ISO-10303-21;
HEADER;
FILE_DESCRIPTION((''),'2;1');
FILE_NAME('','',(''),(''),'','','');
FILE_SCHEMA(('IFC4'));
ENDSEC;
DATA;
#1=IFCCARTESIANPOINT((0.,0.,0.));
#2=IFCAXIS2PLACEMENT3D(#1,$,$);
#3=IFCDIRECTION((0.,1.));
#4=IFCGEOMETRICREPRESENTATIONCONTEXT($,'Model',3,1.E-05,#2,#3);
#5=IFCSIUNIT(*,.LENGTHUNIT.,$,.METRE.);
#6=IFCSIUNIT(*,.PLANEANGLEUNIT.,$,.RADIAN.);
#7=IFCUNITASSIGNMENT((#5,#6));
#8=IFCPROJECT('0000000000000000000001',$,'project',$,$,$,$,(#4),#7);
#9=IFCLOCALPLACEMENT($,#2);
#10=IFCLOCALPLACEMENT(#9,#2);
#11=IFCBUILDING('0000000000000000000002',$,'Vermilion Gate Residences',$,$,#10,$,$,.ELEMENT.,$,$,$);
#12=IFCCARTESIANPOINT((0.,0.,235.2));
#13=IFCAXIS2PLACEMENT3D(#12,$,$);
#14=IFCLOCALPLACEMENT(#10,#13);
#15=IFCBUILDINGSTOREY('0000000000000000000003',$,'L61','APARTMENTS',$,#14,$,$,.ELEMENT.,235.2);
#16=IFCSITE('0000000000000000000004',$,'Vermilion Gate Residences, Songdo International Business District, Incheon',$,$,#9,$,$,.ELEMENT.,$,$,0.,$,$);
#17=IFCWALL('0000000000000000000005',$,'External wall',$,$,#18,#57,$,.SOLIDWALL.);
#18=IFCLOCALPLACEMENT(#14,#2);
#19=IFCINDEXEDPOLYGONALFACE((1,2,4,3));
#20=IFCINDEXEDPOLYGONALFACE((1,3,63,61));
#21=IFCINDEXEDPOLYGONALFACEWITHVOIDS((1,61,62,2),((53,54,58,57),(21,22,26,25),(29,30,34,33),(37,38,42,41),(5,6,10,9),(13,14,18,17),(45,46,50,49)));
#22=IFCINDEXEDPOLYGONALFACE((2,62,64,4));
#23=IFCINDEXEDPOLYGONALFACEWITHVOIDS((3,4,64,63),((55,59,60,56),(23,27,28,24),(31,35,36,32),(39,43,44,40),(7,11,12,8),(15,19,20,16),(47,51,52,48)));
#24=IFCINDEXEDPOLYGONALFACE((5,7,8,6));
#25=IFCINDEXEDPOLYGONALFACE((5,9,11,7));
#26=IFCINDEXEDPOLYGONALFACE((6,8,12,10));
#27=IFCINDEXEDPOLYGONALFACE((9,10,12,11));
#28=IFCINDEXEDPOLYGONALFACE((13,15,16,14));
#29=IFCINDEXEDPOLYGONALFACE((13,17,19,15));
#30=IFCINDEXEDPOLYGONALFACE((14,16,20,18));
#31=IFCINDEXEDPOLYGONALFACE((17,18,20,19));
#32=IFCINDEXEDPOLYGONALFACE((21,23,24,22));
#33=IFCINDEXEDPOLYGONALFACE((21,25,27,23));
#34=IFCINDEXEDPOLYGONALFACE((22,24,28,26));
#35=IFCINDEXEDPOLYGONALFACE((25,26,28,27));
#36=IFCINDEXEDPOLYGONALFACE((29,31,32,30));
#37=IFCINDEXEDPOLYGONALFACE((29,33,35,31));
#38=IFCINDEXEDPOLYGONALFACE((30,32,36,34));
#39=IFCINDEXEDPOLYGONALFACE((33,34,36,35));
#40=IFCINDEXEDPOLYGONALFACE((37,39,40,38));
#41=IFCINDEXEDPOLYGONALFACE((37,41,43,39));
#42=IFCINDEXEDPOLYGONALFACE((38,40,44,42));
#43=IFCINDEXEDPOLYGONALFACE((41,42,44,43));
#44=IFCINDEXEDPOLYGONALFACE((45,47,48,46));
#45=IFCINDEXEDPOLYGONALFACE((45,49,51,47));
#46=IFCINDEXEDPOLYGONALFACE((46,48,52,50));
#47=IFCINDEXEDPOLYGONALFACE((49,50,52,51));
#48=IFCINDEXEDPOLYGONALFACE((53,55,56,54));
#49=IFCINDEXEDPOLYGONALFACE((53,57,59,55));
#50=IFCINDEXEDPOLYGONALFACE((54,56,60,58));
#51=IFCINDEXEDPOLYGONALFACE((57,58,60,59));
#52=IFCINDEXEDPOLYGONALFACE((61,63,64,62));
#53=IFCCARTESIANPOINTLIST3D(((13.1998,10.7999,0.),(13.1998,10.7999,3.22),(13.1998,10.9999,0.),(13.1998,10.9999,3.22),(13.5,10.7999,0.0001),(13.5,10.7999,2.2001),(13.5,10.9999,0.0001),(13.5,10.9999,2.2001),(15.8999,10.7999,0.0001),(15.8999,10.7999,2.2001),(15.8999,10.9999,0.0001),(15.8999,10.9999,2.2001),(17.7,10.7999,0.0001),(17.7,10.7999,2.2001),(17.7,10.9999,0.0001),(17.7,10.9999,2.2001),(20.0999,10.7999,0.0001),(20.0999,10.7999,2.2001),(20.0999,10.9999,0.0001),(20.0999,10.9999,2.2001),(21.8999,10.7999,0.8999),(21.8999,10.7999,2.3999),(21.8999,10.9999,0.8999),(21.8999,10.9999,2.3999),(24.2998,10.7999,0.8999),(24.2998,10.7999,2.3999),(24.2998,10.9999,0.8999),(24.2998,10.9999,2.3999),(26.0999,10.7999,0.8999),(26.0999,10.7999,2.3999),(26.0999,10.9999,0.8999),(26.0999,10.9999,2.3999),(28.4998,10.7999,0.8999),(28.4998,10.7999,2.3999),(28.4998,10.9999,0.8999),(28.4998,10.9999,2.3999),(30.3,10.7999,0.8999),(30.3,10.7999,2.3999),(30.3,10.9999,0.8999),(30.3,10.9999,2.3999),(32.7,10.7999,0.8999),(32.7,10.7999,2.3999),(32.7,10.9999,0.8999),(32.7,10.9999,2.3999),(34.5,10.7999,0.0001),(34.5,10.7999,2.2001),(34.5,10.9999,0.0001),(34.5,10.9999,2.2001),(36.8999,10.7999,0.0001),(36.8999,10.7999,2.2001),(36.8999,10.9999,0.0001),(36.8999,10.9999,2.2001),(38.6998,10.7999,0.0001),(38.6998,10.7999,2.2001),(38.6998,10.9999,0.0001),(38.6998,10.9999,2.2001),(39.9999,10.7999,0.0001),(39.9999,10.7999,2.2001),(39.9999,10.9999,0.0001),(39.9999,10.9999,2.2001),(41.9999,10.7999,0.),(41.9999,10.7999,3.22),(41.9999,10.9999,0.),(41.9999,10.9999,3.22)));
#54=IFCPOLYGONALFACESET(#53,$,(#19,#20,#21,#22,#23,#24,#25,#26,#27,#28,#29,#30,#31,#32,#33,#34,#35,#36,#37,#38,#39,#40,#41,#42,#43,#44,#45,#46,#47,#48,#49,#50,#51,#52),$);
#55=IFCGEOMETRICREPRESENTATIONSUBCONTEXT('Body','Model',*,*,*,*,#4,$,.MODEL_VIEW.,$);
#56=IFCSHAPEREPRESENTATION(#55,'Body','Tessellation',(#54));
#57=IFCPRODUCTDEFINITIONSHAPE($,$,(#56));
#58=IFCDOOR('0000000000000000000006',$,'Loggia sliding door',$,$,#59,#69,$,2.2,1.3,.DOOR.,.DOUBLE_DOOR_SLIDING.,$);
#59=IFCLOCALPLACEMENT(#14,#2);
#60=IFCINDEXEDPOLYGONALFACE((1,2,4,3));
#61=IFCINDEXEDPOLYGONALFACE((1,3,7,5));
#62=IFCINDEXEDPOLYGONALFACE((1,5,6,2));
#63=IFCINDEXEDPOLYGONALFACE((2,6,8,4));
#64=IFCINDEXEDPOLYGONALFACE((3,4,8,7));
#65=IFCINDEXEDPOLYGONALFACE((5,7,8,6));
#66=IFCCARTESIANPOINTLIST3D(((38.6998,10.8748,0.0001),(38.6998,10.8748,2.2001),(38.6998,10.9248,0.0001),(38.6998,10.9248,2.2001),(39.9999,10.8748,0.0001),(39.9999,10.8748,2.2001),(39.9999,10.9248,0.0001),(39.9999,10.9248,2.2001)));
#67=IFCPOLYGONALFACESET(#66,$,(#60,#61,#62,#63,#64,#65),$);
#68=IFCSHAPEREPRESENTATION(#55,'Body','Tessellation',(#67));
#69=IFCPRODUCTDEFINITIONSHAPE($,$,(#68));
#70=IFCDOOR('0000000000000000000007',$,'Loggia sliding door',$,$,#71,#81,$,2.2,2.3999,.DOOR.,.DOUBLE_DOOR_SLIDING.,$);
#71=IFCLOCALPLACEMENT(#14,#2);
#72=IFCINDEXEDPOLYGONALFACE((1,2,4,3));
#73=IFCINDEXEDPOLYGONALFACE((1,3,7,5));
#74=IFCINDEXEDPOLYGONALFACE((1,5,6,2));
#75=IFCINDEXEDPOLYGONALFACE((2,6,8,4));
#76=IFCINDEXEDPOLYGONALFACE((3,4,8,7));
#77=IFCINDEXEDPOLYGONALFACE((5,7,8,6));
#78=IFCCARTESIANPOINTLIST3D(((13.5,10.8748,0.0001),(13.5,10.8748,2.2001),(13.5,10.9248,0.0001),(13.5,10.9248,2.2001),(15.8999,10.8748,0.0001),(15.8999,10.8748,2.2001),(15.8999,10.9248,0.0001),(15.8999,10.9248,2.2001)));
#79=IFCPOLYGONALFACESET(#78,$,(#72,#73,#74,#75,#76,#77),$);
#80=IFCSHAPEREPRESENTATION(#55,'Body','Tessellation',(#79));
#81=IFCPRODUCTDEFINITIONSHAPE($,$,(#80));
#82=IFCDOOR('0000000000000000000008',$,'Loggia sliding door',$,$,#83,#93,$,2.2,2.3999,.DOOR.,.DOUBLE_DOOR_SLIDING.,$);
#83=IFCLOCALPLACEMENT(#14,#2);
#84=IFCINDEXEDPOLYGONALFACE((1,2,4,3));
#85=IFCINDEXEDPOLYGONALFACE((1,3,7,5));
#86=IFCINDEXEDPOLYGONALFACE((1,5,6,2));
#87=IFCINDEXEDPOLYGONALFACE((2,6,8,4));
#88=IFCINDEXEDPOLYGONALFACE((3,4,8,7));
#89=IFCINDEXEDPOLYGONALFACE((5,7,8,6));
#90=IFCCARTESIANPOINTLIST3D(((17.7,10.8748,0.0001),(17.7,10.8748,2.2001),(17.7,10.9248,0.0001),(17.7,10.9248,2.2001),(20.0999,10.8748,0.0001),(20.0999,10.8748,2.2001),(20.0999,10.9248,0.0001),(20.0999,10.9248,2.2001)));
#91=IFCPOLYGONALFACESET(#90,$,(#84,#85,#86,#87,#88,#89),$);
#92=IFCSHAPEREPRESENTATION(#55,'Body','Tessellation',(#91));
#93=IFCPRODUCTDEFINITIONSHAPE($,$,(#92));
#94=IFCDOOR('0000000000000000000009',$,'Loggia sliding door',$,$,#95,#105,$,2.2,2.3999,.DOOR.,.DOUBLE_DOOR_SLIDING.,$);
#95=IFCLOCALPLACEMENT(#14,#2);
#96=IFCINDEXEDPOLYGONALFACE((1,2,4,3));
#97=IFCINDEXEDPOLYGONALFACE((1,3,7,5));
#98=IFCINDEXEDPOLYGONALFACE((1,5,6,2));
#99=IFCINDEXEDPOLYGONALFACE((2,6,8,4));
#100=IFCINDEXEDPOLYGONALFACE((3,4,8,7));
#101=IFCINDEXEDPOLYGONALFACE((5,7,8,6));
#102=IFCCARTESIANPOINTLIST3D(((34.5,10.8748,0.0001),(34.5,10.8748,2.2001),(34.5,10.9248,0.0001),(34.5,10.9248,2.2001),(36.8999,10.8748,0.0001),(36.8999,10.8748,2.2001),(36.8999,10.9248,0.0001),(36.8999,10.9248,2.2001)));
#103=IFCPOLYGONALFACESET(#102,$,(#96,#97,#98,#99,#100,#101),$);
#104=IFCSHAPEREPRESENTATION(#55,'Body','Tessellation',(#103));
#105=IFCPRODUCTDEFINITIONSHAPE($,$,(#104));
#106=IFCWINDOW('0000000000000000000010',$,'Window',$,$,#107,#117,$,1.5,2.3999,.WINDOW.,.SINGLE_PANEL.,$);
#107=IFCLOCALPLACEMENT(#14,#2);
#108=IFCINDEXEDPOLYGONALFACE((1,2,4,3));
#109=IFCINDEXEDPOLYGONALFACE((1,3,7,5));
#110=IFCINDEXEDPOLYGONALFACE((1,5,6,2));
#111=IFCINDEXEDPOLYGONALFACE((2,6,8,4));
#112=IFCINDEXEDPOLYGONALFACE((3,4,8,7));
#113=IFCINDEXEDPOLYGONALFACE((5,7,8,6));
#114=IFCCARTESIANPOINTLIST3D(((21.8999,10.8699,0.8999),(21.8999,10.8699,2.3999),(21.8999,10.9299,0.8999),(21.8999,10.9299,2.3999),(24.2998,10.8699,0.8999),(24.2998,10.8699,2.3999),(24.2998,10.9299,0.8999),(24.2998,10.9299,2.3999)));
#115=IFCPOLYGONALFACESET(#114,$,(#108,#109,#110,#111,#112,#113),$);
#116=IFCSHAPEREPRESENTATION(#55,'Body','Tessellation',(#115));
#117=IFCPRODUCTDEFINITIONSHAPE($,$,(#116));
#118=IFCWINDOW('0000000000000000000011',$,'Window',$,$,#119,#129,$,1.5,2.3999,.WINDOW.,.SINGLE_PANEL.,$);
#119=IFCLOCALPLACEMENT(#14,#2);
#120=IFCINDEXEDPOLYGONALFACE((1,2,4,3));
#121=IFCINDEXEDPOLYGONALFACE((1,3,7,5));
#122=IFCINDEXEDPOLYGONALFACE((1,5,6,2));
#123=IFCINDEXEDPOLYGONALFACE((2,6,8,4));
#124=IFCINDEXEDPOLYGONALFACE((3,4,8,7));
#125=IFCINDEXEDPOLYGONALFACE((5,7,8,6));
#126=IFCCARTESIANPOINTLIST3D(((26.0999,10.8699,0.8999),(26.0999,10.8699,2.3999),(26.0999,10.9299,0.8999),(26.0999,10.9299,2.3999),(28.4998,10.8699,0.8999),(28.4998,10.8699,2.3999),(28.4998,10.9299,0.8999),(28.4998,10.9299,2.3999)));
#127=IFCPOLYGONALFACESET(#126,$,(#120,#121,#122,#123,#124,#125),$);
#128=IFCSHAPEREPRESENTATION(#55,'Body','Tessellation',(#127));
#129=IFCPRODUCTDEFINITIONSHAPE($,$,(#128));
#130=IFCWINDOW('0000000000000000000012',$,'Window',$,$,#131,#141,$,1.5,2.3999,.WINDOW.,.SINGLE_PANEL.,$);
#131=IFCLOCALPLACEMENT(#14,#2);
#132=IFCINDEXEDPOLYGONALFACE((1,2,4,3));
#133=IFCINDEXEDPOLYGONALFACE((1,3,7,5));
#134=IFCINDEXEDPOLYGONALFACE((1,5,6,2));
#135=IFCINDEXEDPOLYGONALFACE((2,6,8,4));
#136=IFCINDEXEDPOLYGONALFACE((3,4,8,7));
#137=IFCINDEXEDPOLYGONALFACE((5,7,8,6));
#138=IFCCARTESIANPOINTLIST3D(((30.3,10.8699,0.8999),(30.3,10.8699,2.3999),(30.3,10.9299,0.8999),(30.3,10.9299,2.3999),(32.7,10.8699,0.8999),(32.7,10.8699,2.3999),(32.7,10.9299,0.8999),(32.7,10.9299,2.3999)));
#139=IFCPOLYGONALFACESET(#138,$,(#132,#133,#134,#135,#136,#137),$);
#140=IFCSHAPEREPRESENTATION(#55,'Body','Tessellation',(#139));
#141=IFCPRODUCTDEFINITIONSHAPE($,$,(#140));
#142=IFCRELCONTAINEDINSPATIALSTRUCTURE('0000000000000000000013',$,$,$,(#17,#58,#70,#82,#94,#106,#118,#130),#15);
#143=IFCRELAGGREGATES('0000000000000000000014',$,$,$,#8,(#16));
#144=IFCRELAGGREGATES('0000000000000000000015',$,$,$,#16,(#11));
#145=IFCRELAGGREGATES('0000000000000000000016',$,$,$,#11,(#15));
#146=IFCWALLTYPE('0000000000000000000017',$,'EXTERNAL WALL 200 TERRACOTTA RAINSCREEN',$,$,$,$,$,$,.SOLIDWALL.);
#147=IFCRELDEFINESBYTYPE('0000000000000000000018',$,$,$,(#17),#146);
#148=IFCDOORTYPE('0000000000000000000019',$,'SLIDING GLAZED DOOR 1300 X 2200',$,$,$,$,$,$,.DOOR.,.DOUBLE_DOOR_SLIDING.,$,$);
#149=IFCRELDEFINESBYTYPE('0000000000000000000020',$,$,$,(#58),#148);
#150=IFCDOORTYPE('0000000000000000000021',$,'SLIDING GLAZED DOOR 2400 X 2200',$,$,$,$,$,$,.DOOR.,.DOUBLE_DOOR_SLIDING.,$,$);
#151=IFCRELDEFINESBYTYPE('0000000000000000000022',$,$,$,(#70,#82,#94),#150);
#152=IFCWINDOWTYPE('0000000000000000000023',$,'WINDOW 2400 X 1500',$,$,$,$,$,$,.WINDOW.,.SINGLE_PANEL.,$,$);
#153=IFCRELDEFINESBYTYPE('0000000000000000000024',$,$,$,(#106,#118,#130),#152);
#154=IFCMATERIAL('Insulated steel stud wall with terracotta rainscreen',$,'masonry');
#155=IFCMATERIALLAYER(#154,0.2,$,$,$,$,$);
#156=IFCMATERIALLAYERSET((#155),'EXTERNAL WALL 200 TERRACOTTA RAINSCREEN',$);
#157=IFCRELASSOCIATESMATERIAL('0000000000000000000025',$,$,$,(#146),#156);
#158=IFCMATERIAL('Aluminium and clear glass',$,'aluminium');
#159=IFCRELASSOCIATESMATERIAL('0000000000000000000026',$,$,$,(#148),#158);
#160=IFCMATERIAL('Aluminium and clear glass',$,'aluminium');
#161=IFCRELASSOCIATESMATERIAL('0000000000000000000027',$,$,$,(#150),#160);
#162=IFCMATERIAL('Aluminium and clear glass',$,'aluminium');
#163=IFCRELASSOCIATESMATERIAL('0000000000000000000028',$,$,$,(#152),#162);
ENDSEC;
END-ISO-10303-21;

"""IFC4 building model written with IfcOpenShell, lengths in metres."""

from ifc_helpers import new_model, si_unit, direction, frame, frame_2d, origin, place, context, subcontext, project, spatial, rectangle, extrude, material, layer, layer_set, type_object, element, fill, save


model = new_model("IFC4")

# Units and contexts
model_context = context("Model", 3, precision=1e-05, world=origin(), true_north=direction((0.0, 1.0)))
body_context = subcontext(model_context, "Body", "Model", "MODEL_VIEW")
ifc_project = project(units=[si_unit("LENGTHUNIT", "METRE"), si_unit("PLANEANGLEUNIT", "RADIAN")], contexts=[model_context])

# Site, building, storey
site_placement = place(None, origin())
site = spatial("IfcSite", under=ifc_project, at=site_placement, Name="Vermilion Gate Residences, Songdo International Business District, Incheon", CompositionType="ELEMENT", RefElevation=0.0)
building_placement = place(site_placement, origin())
building = spatial("IfcBuilding", under=site, at=building_placement, Name="Vermilion Gate Residences", CompositionType="ELEMENT")
storey_placement = place(building_placement, frame((0.0, 0.0, 235.2)))
storey = spatial("IfcBuildingStorey", under=building, at=storey_placement, Name="L61", Description="APARTMENTS", CompositionType="ELEMENT", Elevation=235.2)

# Shared definitions
ifc_material_1 = material(Name="Insulated steel stud wall with terracotta rainscreen", Category="masonry")
ifc_layer_1 = layer(ifc_material_1, 0.2)
ifc_layer_set_1 = layer_set([ifc_layer_1], Name="EXTERNAL WALL 200 TERRACOTTA RAINSCREEN")
wall_type_1 = type_object("IfcWallType", Name="EXTERNAL WALL 200 TERRACOTTA RAINSCREEN", PredefinedType="SOLIDWALL", material=ifc_layer_set_1)

# Wall, openings, doors, windows
wall_1_placement = place(storey_placement, frame((13.2, 10.8999, 0.0), z_axis=(0.0, 0.0, 1.0), x_axis=(1.0, 0.0, 0.0)))
wall_1 = element("IfcWall", 1, at=wall_1_placement, inside=storey, type_object=wall_type_1, Name="External wall", PredefinedType="SOLIDWALL", context=body_context, shape_type="SweptSolid", body=[
    extrude(rectangle(XDim=28.8, YDim=0.2, at=frame_2d((14.3999, 0.0))), origin(), (0.0, 0.0, 1.0), 3.22),
])
opening_1_placement = place(wall_1_placement, frame((0.3, 0.0, 0.0)))
opening_1 = element("IfcOpeningElement", 2, at=opening_1_placement, cuts=wall_1, PredefinedType="OPENING", context=body_context, shape_type="SweptSolid", body=[
    extrude(rectangle(XDim=2.3999, YDim=2.2, at=frame_2d((1.2, 1.1001))), frame((0.0, 0.1099, 0.0), z_axis=(0.0, -1.0, 0.0), x_axis=(1.0, 0.0, 0.0)), (0.0, 0.0, 1.0), 0.22),
])
opening_2_placement = place(wall_1_placement, frame((4.5, 0.0, 0.0)))
opening_2 = element("IfcOpeningElement", 3, at=opening_2_placement, cuts=wall_1, PredefinedType="OPENING", context=body_context, shape_type="SweptSolid", body=[
    extrude(rectangle(XDim=2.3999, YDim=2.2, at=frame_2d((1.2, 1.1001))), frame((0.0, 0.1099, 0.0), z_axis=(0.0, -1.0, 0.0), x_axis=(1.0, 0.0, 0.0)), (0.0, 0.0, 1.0), 0.22),
])
opening_3_placement = place(wall_1_placement, frame((8.7, 0.0, 0.8999)))
opening_3 = element("IfcOpeningElement", 4, at=opening_3_placement, cuts=wall_1, PredefinedType="OPENING", context=body_context, shape_type="SweptSolid", body=[
    extrude(rectangle(XDim=2.3999, YDim=1.5, at=frame_2d((1.2, 0.75))), frame((0.0, 0.1099, 0.0), z_axis=(0.0, -1.0, 0.0), x_axis=(1.0, 0.0, 0.0)), (0.0, 0.0, 1.0), 0.22),
])
opening_4_placement = place(wall_1_placement, frame((12.8999, 0.0, 0.8999)))
opening_4 = element("IfcOpeningElement", 5, at=opening_4_placement, cuts=wall_1, PredefinedType="OPENING", context=body_context, shape_type="SweptSolid", body=[
    extrude(rectangle(XDim=2.3999, YDim=1.5, at=frame_2d((1.2, 0.75))), frame((0.0, 0.1099, 0.0), z_axis=(0.0, -1.0, 0.0), x_axis=(1.0, 0.0, 0.0)), (0.0, 0.0, 1.0), 0.22),
])
opening_5_placement = place(wall_1_placement, frame((17.1001, 0.0, 0.8999)))
opening_5 = element("IfcOpeningElement", 6, at=opening_5_placement, cuts=wall_1, PredefinedType="OPENING", context=body_context, shape_type="SweptSolid", body=[
    extrude(rectangle(XDim=2.3999, YDim=1.5, at=frame_2d((1.2, 0.75))), frame((0.0, 0.1099, 0.0), z_axis=(0.0, -1.0, 0.0), x_axis=(1.0, 0.0, 0.0)), (0.0, 0.0, 1.0), 0.22),
])
opening_6_placement = place(wall_1_placement, frame((21.3, 0.0, 0.0)))
opening_6 = element("IfcOpeningElement", 7, at=opening_6_placement, cuts=wall_1, PredefinedType="OPENING", context=body_context, shape_type="SweptSolid", body=[
    extrude(rectangle(XDim=2.3999, YDim=2.2, at=frame_2d((1.2, 1.1001))), frame((0.0, 0.1099, 0.0), z_axis=(0.0, -1.0, 0.0), x_axis=(1.0, 0.0, 0.0)), (0.0, 0.0, 1.0), 0.22),
])
opening_7_placement = place(wall_1_placement, frame((25.5, 0.0, 0.0)))
opening_7 = element("IfcOpeningElement", 8, at=opening_7_placement, cuts=wall_1, PredefinedType="OPENING", context=body_context, shape_type="SweptSolid", body=[
    extrude(rectangle(XDim=1.3, YDim=2.2, at=frame_2d((0.6499, 1.1001))), frame((0.0, 0.1099, 0.0), z_axis=(0.0, -1.0, 0.0), x_axis=(1.0, 0.0, 0.0)), (0.0, 0.0, 1.0), 0.22),
])
ifc_material_2 = material(Name="Aluminium and clear glass", Category="aluminium")
door_type_1 = type_object("IfcDoorType", Name="SLIDING GLAZED DOOR 1300 X 2200", OperationType="DOUBLE_DOOR_SLIDING", PredefinedType="DOOR", material=ifc_material_2)
door_1_placement = place(opening_7_placement, origin())
door_1 = element("IfcDoor", 9, at=door_1_placement, inside=storey, type_object=door_type_1, Name="Loggia sliding door", OperationType="DOUBLE_DOOR_SLIDING", OverallHeight=2.2, OverallWidth=1.3, PredefinedType="DOOR", context=body_context, shape_type="SweptSolid", body=[
    extrude(rectangle(XDim=1.3, YDim=2.2, at=frame_2d((0.6499, 1.1001))), frame((0.0, 0.0249, 0.0), z_axis=(0.0, -1.0, 0.0), x_axis=(1.0, 0.0, 0.0)), (0.0, 0.0, 1.0), 0.05),
])
fill(opening_7, door_1)
ifc_material_3 = material(Name="Aluminium and clear glass", Category="aluminium")
door_type_2 = type_object("IfcDoorType", Name="SLIDING GLAZED DOOR 2400 X 2200", OperationType="DOUBLE_DOOR_SLIDING", PredefinedType="DOOR", material=ifc_material_3)
door_2_placement = place(opening_1_placement, origin())
door_2 = element("IfcDoor", 10, at=door_2_placement, inside=storey, type_object=door_type_2, Name="Loggia sliding door", OperationType="DOUBLE_DOOR_SLIDING", OverallHeight=2.2, OverallWidth=2.3999, PredefinedType="DOOR", context=body_context, shape_type="SweptSolid", body=[
    extrude(rectangle(XDim=2.3999, YDim=2.2, at=frame_2d((1.2, 1.1001))), frame((0.0, 0.0249, 0.0), z_axis=(0.0, -1.0, 0.0), x_axis=(1.0, 0.0, 0.0)), (0.0, 0.0, 1.0), 0.05),
])
fill(opening_1, door_2)
door_3_placement = place(opening_2_placement, origin())
door_3 = element("IfcDoor", 11, at=door_3_placement, inside=storey, type_object=door_type_2, Name="Loggia sliding door", OperationType="DOUBLE_DOOR_SLIDING", OverallHeight=2.2, OverallWidth=2.3999, PredefinedType="DOOR", context=body_context, shape_type="SweptSolid", body=[
    extrude(rectangle(XDim=2.3999, YDim=2.2, at=frame_2d((1.2, 1.1001))), frame((0.0, 0.0249, 0.0), z_axis=(0.0, -1.0, 0.0), x_axis=(1.0, 0.0, 0.0)), (0.0, 0.0, 1.0), 0.05),
])
fill(opening_2, door_3)
door_4_placement = place(opening_6_placement, origin())
door_4 = element("IfcDoor", 12, at=door_4_placement, inside=storey, type_object=door_type_2, Name="Loggia sliding door", OperationType="DOUBLE_DOOR_SLIDING", OverallHeight=2.2, OverallWidth=2.3999, PredefinedType="DOOR", context=body_context, shape_type="SweptSolid", body=[
    extrude(rectangle(XDim=2.3999, YDim=2.2, at=frame_2d((1.2, 1.1001))), frame((0.0, 0.0249, 0.0), z_axis=(0.0, -1.0, 0.0), x_axis=(1.0, 0.0, 0.0)), (0.0, 0.0, 1.0), 0.05),
])
fill(opening_6, door_4)
ifc_material_4 = material(Name="Aluminium and clear glass", Category="aluminium")
window_type = type_object("IfcWindowType", Name="WINDOW 2400 X 1500", PartitioningType="SINGLE_PANEL", PredefinedType="WINDOW", material=ifc_material_4)
window_1_placement = place(opening_3_placement, origin())
window_1 = element("IfcWindow", 13, at=window_1_placement, inside=storey, type_object=window_type, Name="Window", OverallHeight=1.5, OverallWidth=2.3999, PartitioningType="SINGLE_PANEL", PredefinedType="WINDOW", context=body_context, shape_type="SweptSolid", body=[
    extrude(rectangle(XDim=2.3999, YDim=1.5, at=frame_2d((1.2, 0.75))), frame((0.0, 0.03, 0.0), z_axis=(0.0, -1.0, 0.0), x_axis=(1.0, 0.0, 0.0)), (0.0, 0.0, 1.0), 0.0601),
])
fill(opening_3, window_1)
window_2_placement = place(opening_4_placement, origin())
window_2 = element("IfcWindow", 14, at=window_2_placement, inside=storey, type_object=window_type, Name="Window", OverallHeight=1.5, OverallWidth=2.3999, PartitioningType="SINGLE_PANEL", PredefinedType="WINDOW", context=body_context, shape_type="SweptSolid", body=[
    extrude(rectangle(XDim=2.3999, YDim=1.5, at=frame_2d((1.2, 0.75))), frame((0.0, 0.03, 0.0), z_axis=(0.0, -1.0, 0.0), x_axis=(1.0, 0.0, 0.0)), (0.0, 0.0, 1.0), 0.0601),
])
fill(opening_4, window_2)
window_3_placement = place(opening_5_placement, origin())
window_3 = element("IfcWindow", 15, at=window_3_placement, inside=storey, type_object=window_type, Name="Window", OverallHeight=1.5, OverallWidth=2.3999, PartitioningType="SINGLE_PANEL", PredefinedType="WINDOW", context=body_context, shape_type="SweptSolid", body=[
    extrude(rectangle(XDim=2.3999, YDim=1.5, at=frame_2d((1.2, 0.75))), frame((0.0, 0.03, 0.0), z_axis=(0.0, -1.0, 0.0), x_axis=(1.0, 0.0, 0.0)), (0.0, 0.0, 1.0), 0.0601),
])
fill(opening_5, window_3)

save(model, "model.ifc")
